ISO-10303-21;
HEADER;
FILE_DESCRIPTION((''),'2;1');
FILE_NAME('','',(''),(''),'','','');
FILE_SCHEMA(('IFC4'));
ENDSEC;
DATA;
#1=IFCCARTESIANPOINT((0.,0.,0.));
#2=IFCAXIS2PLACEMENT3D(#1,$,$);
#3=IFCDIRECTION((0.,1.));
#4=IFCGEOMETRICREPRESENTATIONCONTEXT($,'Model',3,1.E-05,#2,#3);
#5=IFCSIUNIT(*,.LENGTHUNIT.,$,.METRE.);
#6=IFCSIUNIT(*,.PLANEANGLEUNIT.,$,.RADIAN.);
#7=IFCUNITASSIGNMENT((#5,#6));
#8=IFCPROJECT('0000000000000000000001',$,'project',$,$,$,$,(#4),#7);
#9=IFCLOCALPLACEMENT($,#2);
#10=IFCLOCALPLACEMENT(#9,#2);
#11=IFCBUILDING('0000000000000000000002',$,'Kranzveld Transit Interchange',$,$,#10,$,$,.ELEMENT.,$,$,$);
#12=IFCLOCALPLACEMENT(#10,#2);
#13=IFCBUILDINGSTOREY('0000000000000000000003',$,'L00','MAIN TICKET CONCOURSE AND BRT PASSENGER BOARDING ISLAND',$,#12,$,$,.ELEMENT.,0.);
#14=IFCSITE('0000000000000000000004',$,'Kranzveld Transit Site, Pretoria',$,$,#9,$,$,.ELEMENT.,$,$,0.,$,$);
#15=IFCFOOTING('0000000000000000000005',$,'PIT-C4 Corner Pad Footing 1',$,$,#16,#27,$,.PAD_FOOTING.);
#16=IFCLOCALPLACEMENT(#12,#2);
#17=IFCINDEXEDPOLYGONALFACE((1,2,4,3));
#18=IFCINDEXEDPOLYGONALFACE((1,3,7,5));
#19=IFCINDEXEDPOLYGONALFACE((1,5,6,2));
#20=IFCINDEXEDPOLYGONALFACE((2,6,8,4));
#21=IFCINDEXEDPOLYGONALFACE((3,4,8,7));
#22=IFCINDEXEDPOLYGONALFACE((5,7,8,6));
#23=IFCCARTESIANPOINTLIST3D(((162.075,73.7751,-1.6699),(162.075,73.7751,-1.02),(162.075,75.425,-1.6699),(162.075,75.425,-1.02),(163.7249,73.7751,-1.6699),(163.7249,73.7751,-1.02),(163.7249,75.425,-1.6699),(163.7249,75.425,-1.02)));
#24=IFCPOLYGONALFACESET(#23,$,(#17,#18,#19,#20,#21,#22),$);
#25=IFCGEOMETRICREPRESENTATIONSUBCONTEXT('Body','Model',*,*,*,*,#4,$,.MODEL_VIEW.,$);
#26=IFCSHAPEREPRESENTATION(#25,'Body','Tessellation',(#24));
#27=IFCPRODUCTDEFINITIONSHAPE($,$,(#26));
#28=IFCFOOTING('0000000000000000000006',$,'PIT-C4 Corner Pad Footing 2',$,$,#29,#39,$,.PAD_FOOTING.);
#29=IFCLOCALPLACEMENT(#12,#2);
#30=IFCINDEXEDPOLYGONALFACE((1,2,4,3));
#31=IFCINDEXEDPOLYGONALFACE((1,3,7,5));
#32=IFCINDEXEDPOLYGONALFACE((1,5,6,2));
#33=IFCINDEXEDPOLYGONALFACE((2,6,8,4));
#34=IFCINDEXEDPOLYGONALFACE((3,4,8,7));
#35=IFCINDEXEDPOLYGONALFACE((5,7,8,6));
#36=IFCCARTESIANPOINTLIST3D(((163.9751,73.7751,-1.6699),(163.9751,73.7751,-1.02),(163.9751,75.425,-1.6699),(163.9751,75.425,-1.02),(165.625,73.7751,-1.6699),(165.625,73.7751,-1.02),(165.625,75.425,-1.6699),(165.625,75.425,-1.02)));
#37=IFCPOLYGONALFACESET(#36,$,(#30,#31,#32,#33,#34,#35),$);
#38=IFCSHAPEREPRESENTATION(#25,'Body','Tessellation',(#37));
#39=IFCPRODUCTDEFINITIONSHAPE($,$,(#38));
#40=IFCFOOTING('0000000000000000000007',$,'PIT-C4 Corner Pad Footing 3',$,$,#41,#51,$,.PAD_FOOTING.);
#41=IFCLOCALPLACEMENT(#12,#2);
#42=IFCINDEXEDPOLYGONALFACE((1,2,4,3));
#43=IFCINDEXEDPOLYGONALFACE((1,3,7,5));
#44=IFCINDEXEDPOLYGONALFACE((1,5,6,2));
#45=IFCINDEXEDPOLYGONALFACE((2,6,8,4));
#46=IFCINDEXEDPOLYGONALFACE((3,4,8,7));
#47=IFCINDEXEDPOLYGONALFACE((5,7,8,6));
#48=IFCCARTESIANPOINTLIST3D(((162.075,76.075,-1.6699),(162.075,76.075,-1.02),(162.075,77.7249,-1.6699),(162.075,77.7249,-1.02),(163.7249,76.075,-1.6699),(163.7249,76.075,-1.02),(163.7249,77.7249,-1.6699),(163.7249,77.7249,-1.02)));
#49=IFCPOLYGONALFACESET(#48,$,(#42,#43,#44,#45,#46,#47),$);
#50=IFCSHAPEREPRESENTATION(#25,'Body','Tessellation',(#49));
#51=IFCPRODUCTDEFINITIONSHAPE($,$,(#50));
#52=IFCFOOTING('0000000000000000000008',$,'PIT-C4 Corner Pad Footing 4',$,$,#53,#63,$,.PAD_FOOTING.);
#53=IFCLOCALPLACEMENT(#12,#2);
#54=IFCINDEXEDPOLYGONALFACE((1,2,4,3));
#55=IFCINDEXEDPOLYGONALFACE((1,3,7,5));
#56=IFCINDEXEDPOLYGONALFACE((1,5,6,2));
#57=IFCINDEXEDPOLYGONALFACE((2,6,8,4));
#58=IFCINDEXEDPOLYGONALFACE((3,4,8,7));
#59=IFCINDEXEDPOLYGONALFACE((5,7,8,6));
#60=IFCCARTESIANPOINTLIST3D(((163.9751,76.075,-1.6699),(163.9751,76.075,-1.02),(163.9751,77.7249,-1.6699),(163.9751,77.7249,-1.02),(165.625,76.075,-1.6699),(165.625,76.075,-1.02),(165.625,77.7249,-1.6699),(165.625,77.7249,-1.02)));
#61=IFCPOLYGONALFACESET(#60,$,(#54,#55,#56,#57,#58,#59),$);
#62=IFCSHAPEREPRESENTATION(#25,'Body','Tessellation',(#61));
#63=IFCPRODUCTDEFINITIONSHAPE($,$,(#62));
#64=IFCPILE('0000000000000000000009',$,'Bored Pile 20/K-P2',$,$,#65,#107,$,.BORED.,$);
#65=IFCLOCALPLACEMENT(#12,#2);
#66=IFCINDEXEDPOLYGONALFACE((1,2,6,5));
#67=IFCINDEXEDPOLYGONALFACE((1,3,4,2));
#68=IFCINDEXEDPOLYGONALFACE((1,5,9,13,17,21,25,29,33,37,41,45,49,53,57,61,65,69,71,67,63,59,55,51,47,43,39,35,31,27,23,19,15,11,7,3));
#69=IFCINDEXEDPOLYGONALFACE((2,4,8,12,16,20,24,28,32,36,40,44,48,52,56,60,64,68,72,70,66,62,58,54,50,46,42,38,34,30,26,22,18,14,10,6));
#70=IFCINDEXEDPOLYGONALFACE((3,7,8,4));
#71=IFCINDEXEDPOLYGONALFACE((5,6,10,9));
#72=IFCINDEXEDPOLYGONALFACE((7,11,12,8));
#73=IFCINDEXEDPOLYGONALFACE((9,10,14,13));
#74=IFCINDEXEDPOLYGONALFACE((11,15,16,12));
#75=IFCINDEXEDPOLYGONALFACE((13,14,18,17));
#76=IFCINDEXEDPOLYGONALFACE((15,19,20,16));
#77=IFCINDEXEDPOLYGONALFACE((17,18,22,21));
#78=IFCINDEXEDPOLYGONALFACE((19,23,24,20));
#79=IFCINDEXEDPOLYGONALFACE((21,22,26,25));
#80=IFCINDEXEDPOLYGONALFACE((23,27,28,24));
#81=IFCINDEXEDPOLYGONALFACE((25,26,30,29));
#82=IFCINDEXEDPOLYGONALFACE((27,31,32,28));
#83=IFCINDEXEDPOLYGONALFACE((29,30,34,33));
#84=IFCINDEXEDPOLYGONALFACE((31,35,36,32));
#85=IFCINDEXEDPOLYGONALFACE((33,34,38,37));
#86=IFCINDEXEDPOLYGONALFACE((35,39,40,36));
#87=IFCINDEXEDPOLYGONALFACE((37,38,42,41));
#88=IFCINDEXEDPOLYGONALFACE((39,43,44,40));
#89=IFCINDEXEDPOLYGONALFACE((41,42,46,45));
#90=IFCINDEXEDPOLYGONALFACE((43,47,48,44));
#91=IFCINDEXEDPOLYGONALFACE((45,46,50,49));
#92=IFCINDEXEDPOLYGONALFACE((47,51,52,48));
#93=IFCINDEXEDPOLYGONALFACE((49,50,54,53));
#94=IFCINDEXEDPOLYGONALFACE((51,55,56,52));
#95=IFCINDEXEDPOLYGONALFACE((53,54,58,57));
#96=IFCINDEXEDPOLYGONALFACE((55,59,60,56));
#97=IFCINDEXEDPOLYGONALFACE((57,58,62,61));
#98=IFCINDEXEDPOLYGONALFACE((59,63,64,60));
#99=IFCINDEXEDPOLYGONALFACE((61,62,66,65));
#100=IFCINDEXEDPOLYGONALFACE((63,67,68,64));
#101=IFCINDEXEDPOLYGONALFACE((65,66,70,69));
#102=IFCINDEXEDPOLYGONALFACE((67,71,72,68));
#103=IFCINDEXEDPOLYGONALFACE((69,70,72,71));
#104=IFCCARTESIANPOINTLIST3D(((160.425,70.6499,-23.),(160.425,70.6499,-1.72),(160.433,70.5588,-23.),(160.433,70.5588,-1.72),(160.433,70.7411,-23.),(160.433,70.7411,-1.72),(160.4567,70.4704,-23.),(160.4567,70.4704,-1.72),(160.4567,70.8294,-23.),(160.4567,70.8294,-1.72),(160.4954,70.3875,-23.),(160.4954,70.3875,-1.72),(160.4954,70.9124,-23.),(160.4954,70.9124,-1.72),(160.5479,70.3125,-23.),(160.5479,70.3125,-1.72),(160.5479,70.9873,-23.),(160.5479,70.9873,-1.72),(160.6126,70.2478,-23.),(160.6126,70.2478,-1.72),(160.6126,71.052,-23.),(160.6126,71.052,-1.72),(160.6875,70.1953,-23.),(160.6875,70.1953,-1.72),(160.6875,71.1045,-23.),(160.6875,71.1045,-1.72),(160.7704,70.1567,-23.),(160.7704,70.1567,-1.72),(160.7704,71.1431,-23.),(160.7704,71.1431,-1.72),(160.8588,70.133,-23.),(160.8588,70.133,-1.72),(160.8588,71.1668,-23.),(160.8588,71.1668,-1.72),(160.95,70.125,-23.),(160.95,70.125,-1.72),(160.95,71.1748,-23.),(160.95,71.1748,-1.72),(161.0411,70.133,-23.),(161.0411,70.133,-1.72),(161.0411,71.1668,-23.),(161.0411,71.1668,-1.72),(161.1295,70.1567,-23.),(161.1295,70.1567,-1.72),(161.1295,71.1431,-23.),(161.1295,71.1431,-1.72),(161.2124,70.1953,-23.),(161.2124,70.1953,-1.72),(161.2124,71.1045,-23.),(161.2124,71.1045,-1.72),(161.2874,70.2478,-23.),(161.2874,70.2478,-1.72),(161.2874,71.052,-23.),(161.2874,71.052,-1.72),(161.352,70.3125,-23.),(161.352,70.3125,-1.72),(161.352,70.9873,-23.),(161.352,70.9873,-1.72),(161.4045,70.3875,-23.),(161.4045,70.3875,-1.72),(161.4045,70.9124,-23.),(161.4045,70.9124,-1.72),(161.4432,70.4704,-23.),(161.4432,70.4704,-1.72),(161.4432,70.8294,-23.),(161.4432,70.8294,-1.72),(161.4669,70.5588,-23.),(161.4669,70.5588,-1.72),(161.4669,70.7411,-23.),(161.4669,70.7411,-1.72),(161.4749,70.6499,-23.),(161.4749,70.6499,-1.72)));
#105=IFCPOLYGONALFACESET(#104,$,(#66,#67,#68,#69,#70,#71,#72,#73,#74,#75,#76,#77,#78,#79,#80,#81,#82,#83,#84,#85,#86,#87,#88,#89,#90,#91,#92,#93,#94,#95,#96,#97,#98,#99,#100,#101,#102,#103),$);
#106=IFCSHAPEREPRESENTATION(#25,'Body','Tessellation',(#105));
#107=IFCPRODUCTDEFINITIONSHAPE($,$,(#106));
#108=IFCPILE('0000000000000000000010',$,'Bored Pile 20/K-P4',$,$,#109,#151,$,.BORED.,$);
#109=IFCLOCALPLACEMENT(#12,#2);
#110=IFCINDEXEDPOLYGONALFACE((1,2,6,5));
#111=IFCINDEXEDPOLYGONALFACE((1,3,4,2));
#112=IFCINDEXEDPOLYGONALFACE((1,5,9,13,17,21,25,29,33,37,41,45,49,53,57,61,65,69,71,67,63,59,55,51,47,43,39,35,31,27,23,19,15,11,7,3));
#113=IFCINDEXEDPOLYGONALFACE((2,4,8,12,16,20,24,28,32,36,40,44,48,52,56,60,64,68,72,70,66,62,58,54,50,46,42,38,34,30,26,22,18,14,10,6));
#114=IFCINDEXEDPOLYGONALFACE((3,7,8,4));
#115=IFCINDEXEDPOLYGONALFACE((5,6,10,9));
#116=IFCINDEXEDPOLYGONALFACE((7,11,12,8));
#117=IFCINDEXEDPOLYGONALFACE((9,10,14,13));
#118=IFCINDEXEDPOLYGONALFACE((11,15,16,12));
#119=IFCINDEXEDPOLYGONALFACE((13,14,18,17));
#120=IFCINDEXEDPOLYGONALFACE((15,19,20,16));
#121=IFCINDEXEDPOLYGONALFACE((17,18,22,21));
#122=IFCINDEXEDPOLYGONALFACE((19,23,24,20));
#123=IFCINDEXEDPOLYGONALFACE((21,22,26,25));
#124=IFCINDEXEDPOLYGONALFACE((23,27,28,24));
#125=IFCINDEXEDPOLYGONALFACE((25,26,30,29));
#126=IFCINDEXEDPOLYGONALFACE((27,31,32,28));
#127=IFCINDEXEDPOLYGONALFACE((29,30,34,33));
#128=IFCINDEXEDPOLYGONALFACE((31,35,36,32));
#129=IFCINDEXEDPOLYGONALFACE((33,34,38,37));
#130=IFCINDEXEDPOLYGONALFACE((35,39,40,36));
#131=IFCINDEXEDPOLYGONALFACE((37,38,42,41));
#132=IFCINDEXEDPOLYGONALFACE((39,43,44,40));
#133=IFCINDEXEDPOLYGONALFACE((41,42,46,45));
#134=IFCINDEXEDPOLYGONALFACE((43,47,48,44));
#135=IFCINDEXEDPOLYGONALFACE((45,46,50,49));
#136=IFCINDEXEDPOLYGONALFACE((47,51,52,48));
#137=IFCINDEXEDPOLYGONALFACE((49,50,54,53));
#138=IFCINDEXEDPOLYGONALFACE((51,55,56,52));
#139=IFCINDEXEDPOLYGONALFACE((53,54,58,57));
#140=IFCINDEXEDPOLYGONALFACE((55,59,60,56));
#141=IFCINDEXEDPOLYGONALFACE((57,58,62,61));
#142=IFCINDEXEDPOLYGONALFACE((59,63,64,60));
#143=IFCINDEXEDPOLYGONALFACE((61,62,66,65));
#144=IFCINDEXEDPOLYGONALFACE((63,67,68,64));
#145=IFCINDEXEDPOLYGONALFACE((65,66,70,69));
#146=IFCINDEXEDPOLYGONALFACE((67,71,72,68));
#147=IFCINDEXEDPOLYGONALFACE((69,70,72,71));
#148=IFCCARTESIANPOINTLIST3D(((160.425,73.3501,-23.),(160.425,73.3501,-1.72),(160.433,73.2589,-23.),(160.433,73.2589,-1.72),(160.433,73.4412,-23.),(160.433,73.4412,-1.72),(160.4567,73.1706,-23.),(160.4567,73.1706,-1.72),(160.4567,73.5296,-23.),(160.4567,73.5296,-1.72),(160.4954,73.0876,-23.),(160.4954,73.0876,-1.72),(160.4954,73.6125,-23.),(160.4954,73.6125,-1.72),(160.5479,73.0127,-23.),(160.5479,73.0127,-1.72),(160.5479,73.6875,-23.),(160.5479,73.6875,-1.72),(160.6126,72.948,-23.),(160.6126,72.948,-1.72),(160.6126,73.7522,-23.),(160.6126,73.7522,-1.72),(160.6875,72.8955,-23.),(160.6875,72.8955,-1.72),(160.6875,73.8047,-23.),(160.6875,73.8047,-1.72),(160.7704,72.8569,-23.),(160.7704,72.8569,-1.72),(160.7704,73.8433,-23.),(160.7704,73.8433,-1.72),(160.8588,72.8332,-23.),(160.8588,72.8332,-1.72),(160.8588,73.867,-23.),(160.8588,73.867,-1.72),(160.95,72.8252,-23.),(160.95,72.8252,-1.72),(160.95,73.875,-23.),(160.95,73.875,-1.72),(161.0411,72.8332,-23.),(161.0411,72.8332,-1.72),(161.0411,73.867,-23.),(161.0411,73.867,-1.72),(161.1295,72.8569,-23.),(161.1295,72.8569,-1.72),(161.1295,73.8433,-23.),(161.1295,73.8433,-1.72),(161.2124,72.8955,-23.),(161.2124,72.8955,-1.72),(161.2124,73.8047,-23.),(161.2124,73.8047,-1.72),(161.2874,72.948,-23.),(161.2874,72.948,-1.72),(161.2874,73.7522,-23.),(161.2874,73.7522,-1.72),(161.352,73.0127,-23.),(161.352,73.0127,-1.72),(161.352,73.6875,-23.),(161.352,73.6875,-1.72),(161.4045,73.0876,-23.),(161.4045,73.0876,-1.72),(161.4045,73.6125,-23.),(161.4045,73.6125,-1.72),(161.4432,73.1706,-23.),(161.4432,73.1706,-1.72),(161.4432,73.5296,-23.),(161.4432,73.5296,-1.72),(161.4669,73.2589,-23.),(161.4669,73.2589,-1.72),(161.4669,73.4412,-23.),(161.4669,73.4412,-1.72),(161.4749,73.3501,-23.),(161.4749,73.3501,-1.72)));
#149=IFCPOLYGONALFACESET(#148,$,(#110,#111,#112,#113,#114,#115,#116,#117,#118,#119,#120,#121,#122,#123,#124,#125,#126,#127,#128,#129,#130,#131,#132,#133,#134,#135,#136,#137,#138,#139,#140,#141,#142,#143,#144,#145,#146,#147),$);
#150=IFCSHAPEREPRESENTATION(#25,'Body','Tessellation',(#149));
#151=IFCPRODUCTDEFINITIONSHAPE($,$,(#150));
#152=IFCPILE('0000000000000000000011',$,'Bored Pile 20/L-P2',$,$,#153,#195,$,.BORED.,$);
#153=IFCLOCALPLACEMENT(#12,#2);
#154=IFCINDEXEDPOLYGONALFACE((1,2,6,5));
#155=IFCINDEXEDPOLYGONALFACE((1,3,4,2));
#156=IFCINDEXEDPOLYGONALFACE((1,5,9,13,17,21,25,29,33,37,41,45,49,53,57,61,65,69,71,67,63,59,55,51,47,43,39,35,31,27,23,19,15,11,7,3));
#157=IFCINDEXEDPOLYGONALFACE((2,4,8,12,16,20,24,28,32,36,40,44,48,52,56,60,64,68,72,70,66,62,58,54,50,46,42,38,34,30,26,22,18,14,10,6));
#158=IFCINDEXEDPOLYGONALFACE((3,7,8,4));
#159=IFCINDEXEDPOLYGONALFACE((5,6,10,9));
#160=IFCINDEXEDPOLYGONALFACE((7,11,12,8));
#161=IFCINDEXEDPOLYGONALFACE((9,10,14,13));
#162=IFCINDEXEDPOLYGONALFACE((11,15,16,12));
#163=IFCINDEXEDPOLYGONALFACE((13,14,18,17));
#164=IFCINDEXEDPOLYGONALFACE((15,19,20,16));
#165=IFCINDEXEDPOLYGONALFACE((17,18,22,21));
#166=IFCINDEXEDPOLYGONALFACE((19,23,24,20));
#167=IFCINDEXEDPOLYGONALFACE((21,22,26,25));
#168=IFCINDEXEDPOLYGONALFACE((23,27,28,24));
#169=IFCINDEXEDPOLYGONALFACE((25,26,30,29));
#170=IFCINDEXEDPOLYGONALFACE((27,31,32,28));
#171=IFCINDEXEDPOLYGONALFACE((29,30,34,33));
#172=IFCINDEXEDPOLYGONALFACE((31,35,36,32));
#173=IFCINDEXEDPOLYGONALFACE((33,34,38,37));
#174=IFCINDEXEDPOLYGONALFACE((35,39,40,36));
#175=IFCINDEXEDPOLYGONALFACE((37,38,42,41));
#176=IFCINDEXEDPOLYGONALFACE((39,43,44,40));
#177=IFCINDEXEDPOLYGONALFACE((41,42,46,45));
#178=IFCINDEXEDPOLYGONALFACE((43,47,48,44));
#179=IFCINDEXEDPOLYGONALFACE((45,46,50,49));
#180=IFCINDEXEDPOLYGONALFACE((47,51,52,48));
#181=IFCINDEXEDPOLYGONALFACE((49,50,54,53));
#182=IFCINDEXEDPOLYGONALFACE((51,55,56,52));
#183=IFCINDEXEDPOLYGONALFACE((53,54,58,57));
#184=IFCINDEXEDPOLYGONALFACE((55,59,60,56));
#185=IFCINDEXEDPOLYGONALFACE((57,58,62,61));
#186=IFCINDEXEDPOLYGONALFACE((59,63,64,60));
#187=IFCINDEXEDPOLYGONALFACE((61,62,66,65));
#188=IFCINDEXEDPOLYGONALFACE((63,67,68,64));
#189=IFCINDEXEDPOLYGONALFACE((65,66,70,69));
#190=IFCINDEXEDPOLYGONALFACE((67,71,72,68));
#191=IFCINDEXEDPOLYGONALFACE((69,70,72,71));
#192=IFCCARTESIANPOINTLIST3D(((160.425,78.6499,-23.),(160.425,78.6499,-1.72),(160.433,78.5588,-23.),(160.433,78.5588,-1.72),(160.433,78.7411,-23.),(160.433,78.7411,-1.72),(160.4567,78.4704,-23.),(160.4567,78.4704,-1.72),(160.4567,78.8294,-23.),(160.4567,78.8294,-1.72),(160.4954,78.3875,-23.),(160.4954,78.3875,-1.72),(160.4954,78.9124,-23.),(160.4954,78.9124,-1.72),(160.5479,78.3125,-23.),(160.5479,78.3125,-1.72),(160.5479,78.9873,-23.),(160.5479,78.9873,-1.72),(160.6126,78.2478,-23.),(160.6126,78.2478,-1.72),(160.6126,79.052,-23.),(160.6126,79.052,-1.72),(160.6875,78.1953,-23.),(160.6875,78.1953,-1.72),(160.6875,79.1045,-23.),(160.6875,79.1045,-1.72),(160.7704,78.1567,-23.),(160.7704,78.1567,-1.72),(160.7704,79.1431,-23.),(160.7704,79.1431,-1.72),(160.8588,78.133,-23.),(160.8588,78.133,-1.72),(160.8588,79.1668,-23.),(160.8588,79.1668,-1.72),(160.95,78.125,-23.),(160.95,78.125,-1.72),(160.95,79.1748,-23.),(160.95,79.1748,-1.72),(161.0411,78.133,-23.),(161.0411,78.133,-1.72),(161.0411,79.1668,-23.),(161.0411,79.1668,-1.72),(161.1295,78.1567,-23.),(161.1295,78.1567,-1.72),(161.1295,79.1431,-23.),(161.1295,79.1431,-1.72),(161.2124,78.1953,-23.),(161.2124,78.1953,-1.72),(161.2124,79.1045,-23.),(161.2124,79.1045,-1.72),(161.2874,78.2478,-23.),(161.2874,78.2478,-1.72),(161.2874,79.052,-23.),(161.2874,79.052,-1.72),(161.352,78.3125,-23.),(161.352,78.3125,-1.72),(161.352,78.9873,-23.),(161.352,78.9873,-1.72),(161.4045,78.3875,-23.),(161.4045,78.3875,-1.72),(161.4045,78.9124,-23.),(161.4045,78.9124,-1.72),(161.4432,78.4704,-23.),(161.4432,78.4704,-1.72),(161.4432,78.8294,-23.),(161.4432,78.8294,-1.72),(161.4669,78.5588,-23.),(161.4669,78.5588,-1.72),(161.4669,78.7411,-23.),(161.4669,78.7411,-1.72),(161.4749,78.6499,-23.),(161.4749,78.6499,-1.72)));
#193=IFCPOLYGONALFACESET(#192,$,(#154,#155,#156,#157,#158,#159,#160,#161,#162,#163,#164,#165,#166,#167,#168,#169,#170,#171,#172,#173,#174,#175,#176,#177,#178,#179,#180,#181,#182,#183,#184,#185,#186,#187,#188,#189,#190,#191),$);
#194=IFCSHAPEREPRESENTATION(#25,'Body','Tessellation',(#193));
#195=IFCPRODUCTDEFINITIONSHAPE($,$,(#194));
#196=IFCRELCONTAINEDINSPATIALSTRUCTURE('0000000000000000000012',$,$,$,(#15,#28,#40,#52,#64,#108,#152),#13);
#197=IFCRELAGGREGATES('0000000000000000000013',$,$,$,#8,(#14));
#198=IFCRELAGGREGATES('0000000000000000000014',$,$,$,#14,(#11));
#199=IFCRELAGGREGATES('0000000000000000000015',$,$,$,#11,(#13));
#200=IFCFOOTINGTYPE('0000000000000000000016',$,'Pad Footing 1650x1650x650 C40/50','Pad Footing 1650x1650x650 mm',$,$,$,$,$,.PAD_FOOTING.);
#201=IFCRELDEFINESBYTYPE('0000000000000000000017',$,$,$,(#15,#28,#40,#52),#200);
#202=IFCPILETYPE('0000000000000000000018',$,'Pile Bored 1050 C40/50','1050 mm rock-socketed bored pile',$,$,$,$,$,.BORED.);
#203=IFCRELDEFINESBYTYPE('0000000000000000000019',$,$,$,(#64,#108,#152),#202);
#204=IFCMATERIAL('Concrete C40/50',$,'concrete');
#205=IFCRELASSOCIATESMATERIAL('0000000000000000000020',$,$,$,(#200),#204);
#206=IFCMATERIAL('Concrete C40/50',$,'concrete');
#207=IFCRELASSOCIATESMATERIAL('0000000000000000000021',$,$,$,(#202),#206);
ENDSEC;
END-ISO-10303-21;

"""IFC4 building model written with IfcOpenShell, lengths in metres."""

from ifc_helpers import new_model, si_unit, direction, frame, origin, origin_2d, place, context, subcontext, project, spatial, rectangle, circle, extrude, material, material_profile, profile_set, type_object, element, save


model = new_model("IFC4")

# Units and contexts
model_context = context("Model", 3, precision=1e-05, world=origin(), true_north=direction((0.0, 1.0)))
body_context = subcontext(model_context, "Body", "Model", "MODEL_VIEW")
ifc_project = project(units=[si_unit("LENGTHUNIT", "METRE"), si_unit("PLANEANGLEUNIT", "RADIAN")], contexts=[model_context])

# Site, building, storey
site_placement = place(None, origin())
site = spatial("IfcSite", under=ifc_project, at=site_placement, Name="Kranzveld Transit Site, Pretoria", CompositionType="ELEMENT", RefElevation=0.0)
building_placement = place(site_placement, origin())
building = spatial("IfcBuilding", under=site, at=building_placement, Name="Kranzveld Transit Interchange", CompositionType="ELEMENT")
storey_placement = place(building_placement, origin())
storey = spatial("IfcBuildingStorey", under=building, at=storey_placement, Name="L00", Description="MAIN TICKET CONCOURSE AND BRT PASSENGER BOARDING ISLAND", CompositionType="ELEMENT", Elevation=0.0)

# Footings
ifc_material_1 = material(Name="Concrete C40/50", Category="concrete")
footing_type_1 = type_object("IfcFootingType", Name="Pad Footing 1650x1650x650 C40/50", Description="Pad Footing 1650x1650x650 mm", PredefinedType="PAD_FOOTING", material=ifc_material_1)
for number, where, z_axis, x_axis, name in (
    (1, (162.8999, 74.6001, -1.6699), (0.0, 0.0, 1.0), (1.0, 0.0, 0.0), "PIT-C4 Corner Pad Footing 1"),
    (2, (164.8, 74.6001, -1.6699), (0.0, 0.0, 1.0), (1.0, 0.0, 0.0), "PIT-C4 Corner Pad Footing 2"),
    (3, (162.8999, 76.8999, -1.6699), (0.0, 0.0, 1.0), (1.0, 0.0, 0.0), "PIT-C4 Corner Pad Footing 3"),
    (4, (164.8, 76.8999, -1.6699), (0.0, 0.0, 1.0), (1.0, 0.0, 0.0), "PIT-C4 Corner Pad Footing 4"),
):
    element("IfcFooting", number, at=place(storey_placement, frame(where, z_axis=z_axis, x_axis=x_axis)), inside=storey, type_object=footing_type_1, Name=name, PredefinedType="PAD_FOOTING", context=body_context, shape_type="SweptSolid", body=[
        extrude(rectangle(XDim=1.6499, YDim=1.6499, at=origin_2d()), origin(), (0.0, 0.0, 1.0), 0.6499),
    ])

# Piles
ifc_material_2 = material(Name="Concrete C40/50", Category="concrete")
ifc_material_profile_1 = material_profile(ifc_material_2, circle(Radius=0.5249, at=origin_2d()), Name="BORED PILE 1050")
ifc_profile_set_1 = profile_set([ifc_material_profile_1], Name="Concrete C40/50")
pile_type_1 = type_object("IfcPileType", Name="Pile Bored 1050 C40/50", Description="1050 mm rock-socketed bored pile", PredefinedType="BORED", material=ifc_profile_set_1)
for number, where, z_axis, x_axis, name in (
    (5, (160.95, 70.6499, -1.72), (0.0, 0.0, -1.0), (1.0, 0.0, 0.0), "Bored Pile 20/K-P2"),
    (6, (160.95, 73.3501, -1.72), (0.0, 0.0, -1.0), (1.0, 0.0, 0.0), "Bored Pile 20/K-P4"),
    (7, (160.95, 78.6499, -1.72), (0.0, 0.0, -1.0), (1.0, 0.0, 0.0), "Bored Pile 20/L-P2"),
):
    element("IfcPile", number, at=place(storey_placement, frame(where, z_axis=z_axis, x_axis=x_axis)), inside=storey, type_object=pile_type_1, Name=name, PredefinedType="BORED", context=body_context, shape_type="SweptSolid", body=[
        extrude(circle(Radius=0.5249, at=origin_2d()), origin(), (0.0, 0.0, 1.0), 21.28),
    ])

save(model, "model.ifc")
